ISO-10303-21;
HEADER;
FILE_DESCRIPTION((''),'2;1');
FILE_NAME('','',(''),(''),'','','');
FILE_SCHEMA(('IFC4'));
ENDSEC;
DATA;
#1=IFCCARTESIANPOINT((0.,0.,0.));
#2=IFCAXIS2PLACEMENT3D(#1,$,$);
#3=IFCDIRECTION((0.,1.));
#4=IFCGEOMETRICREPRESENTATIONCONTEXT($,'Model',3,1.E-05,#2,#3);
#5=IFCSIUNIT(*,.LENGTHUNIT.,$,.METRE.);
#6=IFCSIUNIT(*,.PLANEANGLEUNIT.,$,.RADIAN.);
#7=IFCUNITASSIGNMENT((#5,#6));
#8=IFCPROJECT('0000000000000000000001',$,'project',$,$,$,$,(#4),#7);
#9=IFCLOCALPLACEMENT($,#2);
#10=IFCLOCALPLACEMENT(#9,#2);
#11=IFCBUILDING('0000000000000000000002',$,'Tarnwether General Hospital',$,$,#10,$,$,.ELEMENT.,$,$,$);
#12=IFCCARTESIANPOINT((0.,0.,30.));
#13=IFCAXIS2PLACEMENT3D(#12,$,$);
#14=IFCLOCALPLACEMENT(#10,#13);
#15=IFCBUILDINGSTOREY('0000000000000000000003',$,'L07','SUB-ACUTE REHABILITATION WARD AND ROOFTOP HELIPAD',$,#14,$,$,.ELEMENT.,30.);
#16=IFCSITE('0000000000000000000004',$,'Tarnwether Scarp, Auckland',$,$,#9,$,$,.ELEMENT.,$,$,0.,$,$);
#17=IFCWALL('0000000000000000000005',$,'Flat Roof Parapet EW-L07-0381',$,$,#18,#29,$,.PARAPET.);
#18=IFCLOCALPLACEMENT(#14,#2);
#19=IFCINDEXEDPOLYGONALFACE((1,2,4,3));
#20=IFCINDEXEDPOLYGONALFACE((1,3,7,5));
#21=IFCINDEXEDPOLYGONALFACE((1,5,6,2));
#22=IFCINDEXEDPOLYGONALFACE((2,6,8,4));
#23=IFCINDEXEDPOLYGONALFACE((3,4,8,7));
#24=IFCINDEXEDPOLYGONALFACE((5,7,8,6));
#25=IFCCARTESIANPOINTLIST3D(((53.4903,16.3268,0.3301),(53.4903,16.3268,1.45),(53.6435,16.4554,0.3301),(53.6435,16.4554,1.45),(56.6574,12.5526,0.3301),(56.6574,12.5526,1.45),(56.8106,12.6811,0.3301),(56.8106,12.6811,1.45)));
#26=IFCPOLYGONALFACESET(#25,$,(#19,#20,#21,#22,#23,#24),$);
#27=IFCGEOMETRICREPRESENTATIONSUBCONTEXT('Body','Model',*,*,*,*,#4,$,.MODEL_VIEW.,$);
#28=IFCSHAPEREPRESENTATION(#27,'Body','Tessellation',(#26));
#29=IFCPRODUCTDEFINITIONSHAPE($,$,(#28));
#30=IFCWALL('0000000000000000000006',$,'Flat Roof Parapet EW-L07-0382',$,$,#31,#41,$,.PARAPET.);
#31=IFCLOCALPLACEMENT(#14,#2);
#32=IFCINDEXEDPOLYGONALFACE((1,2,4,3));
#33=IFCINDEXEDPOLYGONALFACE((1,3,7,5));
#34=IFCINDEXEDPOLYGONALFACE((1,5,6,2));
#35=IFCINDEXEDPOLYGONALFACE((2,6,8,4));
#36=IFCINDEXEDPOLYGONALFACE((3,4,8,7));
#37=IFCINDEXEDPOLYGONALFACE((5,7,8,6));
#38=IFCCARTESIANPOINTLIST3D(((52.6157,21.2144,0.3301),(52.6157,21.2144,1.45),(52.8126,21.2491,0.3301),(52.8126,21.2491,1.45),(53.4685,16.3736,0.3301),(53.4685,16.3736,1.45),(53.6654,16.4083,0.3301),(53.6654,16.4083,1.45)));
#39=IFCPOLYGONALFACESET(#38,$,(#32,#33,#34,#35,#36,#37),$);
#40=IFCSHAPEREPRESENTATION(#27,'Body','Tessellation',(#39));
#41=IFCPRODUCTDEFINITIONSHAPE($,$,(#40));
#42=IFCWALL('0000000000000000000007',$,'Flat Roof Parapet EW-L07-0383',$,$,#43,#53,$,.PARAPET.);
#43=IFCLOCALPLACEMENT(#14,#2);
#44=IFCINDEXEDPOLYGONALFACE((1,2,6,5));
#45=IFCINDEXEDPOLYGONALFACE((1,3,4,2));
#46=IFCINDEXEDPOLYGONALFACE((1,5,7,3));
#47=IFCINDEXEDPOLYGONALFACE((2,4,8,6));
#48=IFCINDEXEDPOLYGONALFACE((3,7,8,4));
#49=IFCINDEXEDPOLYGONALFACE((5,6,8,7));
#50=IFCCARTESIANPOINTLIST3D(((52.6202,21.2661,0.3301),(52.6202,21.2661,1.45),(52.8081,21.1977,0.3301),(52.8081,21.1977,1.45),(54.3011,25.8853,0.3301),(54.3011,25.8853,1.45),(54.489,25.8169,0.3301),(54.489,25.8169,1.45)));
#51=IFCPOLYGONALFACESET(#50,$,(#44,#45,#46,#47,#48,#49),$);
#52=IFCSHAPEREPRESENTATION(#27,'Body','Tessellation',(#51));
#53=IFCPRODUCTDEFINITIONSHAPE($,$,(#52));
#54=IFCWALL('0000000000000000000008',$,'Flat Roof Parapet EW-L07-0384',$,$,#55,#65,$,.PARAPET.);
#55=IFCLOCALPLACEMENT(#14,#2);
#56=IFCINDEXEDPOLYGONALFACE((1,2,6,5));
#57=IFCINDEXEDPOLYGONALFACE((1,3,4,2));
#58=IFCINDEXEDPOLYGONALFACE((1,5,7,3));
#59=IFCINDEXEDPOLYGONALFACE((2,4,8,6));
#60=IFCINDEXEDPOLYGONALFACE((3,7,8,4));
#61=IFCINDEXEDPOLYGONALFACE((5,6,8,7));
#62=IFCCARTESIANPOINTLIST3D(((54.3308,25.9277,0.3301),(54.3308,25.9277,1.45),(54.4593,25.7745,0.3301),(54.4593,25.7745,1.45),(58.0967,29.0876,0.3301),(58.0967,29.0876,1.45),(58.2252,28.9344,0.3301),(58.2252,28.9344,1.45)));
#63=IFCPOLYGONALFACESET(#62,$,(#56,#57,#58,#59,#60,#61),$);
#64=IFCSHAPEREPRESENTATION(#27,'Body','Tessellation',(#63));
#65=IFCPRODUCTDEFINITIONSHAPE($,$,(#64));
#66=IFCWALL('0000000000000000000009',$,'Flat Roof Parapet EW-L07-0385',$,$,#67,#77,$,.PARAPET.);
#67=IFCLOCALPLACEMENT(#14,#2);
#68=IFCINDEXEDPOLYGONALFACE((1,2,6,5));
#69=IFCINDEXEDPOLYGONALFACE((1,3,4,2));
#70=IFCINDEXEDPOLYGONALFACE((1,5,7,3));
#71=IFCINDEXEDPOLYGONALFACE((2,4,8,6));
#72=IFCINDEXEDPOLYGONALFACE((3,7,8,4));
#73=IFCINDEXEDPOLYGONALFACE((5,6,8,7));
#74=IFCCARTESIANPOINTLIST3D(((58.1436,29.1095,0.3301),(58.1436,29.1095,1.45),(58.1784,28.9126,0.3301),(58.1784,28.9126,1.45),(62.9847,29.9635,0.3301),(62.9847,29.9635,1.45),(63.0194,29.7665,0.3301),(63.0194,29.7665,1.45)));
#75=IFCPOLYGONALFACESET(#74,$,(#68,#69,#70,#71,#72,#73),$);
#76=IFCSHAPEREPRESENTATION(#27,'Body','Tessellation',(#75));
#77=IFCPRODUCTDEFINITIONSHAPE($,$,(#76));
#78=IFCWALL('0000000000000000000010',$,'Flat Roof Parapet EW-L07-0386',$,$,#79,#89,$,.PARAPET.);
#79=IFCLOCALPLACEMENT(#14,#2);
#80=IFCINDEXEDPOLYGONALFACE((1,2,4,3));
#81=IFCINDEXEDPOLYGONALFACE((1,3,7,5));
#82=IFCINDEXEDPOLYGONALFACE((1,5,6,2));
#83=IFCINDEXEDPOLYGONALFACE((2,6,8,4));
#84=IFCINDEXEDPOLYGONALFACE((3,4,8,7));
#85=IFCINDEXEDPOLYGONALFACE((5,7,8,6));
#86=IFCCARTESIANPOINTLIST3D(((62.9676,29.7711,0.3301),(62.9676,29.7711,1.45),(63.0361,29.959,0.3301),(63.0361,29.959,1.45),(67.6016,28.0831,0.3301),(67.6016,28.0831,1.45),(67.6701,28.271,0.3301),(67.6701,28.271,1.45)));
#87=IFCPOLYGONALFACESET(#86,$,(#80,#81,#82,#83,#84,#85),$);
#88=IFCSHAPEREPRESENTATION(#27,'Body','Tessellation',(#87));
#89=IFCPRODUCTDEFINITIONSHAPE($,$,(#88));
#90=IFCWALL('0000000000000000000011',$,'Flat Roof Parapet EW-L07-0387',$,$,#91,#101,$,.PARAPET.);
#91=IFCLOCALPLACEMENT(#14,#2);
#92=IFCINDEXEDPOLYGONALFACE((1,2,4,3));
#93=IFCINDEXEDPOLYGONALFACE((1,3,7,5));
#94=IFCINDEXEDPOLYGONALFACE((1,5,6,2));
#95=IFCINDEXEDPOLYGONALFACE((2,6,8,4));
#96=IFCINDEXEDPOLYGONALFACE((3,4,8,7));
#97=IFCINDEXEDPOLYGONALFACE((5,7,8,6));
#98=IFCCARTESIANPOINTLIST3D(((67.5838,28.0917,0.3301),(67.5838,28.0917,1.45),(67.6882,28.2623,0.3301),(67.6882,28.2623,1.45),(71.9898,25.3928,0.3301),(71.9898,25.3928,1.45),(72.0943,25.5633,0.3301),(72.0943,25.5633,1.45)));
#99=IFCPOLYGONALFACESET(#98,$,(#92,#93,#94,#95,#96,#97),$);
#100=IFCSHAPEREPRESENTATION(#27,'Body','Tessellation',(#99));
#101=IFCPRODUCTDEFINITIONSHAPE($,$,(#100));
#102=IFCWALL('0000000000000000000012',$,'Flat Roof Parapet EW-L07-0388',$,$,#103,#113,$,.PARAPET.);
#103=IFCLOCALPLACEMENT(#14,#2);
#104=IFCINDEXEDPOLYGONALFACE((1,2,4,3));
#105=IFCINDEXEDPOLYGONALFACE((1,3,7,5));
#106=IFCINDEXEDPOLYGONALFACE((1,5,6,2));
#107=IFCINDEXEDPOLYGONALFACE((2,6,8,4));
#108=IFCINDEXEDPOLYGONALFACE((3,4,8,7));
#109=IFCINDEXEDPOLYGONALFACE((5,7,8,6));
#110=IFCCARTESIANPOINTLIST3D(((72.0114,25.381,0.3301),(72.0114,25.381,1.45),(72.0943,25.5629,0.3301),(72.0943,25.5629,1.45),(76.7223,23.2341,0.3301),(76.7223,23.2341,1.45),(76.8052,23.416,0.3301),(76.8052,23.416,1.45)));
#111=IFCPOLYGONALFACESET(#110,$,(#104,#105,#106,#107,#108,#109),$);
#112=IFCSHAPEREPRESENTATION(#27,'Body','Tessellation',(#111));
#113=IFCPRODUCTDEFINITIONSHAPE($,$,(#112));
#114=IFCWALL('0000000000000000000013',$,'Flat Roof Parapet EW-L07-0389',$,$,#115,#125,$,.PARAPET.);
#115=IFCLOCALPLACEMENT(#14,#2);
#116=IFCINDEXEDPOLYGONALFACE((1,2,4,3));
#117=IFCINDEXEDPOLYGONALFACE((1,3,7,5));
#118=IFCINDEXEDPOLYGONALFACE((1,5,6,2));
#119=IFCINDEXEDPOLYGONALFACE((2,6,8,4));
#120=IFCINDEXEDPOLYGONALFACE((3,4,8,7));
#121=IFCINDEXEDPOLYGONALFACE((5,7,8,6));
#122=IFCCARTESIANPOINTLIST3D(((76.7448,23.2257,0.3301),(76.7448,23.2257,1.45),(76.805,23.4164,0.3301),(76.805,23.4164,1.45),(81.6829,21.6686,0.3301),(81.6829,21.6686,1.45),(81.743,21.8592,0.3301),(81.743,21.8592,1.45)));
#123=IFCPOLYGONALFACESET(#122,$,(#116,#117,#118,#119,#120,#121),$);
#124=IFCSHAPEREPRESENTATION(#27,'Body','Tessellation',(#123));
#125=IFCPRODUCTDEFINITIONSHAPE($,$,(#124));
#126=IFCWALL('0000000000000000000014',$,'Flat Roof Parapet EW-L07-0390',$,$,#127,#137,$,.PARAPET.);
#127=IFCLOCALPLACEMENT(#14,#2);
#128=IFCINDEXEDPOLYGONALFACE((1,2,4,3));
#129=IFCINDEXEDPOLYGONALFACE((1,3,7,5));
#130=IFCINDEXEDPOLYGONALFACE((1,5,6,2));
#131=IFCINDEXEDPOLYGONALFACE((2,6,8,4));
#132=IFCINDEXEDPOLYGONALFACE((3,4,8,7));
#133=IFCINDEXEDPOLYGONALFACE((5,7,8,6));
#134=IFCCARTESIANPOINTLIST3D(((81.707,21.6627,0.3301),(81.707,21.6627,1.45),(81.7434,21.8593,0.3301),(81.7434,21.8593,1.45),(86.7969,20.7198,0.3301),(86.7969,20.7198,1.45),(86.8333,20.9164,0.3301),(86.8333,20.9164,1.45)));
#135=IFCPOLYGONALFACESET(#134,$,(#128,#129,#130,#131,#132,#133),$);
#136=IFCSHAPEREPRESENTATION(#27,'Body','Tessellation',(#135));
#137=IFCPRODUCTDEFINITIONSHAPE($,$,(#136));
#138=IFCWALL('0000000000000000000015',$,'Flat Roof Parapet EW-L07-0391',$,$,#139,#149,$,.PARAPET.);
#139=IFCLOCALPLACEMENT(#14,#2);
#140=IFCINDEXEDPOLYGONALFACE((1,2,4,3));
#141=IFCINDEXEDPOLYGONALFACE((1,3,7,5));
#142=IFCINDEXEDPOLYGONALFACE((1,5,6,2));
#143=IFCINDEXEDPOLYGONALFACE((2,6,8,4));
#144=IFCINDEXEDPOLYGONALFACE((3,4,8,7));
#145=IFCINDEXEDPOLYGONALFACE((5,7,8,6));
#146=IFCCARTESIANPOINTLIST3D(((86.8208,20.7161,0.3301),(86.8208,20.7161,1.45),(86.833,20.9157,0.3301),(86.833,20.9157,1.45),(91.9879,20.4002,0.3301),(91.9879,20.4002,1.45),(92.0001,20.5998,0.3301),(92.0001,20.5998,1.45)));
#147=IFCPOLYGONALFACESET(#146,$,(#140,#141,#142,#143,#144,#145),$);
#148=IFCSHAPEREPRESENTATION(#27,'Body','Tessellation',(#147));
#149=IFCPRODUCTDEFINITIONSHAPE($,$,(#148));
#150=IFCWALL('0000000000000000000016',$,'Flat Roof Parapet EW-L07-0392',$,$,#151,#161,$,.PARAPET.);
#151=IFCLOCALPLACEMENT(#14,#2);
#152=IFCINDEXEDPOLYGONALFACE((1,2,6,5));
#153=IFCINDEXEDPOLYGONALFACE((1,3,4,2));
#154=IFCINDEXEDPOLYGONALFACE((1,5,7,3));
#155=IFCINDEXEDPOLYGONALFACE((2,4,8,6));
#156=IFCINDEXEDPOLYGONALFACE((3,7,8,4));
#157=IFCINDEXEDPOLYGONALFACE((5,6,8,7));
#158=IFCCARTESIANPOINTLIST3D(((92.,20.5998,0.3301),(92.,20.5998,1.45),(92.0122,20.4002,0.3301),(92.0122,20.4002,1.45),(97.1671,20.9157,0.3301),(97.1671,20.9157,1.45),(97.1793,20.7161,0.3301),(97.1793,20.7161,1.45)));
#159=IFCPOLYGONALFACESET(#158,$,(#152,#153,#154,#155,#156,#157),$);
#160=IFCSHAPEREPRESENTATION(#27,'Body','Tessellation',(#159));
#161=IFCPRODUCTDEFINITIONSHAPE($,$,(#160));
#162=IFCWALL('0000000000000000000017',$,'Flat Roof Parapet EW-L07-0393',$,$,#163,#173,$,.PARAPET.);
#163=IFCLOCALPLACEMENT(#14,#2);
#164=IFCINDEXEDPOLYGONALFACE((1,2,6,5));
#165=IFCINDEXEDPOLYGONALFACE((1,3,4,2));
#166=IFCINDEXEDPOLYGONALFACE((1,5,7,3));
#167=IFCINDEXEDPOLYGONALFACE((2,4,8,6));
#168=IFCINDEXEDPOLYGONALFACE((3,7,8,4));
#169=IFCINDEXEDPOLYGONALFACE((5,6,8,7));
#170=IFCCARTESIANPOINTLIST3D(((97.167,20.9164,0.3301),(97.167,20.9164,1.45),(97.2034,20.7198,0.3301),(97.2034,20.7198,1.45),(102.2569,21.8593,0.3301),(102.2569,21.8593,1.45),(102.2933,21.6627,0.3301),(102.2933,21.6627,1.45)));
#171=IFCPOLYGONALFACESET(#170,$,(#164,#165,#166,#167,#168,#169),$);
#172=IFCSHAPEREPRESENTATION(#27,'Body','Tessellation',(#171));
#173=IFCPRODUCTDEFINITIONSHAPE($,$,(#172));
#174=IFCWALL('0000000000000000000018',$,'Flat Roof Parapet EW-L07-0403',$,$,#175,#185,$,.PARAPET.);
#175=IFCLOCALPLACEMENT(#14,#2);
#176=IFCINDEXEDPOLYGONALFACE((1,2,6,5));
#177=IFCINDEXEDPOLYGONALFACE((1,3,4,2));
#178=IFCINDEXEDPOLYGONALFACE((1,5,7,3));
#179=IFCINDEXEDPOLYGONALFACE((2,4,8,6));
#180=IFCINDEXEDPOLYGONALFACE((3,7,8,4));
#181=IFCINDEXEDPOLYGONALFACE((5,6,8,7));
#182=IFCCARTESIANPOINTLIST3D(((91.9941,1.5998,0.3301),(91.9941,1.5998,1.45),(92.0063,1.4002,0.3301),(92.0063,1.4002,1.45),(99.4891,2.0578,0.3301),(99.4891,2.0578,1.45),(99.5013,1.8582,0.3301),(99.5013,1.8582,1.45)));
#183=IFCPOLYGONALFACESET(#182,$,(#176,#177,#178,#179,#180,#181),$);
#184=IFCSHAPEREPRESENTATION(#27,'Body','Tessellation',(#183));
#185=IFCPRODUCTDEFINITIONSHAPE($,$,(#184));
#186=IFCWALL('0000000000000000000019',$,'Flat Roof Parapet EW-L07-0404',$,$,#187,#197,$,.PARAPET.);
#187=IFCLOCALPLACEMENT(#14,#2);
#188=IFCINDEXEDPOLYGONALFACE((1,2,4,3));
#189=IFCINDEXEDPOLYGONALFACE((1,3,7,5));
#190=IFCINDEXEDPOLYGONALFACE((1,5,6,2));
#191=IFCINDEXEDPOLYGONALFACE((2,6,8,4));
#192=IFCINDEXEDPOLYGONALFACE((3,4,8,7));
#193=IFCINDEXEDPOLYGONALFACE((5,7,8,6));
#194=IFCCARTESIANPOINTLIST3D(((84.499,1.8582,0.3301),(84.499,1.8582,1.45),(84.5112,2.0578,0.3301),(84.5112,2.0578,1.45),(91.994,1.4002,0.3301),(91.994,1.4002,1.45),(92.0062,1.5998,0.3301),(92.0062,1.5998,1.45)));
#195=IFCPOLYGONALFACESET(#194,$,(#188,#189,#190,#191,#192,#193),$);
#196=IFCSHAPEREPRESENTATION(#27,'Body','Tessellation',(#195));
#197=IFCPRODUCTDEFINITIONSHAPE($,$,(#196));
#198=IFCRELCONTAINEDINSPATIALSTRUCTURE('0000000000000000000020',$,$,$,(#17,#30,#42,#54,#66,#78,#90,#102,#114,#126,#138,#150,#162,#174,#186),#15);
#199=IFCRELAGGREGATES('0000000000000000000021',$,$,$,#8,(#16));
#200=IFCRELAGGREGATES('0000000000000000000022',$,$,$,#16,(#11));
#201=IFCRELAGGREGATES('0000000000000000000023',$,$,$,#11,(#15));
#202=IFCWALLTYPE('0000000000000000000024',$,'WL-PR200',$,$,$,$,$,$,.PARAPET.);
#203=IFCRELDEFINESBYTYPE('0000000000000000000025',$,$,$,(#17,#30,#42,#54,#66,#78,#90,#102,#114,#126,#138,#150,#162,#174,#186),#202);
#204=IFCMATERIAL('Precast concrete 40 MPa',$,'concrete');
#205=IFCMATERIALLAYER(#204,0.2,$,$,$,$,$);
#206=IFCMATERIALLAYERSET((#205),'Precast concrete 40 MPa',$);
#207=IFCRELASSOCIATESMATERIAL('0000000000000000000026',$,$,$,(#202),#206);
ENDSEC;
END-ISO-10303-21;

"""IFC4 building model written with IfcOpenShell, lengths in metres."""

from ifc_helpers import new_model, si_unit, direction, frame, frame_2d, origin, place, context, subcontext, project, spatial, rectangle, extrude, material, layer, layer_set, type_object, element, save


model = new_model("IFC4")

# Units and contexts
model_context = context("Model", 3, precision=1e-05, world=origin(), true_north=direction((0.0, 1.0)))
body_context = subcontext(model_context, "Body", "Model", "MODEL_VIEW")
ifc_project = project(units=[si_unit("LENGTHUNIT", "METRE"), si_unit("PLANEANGLEUNIT", "RADIAN")], contexts=[model_context])

# Site, building, storey
site_placement = place(None, origin())
site = spatial("IfcSite", under=ifc_project, at=site_placement, Name="Tarnwether Scarp, Auckland", CompositionType="ELEMENT", RefElevation=0.0)
building_placement = place(site_placement, origin())
building = spatial("IfcBuilding", under=site, at=building_placement, Name="Tarnwether General Hospital", CompositionType="ELEMENT")
storey_placement = place(building_placement, frame((0.0, 0.0, 30.0)))
storey = spatial("IfcBuildingStorey", under=building, at=storey_placement, Name="L07", Description="SUB-ACUTE REHABILITATION WARD AND ROOFTOP HELIPAD", CompositionType="ELEMENT", Elevation=30.0)

# Walls
ifc_material_1 = material(Name="Precast concrete 40 MPa", Category="concrete")
ifc_layer_1 = layer(ifc_material_1, 0.2)
ifc_layer_set_1 = layer_set([ifc_layer_1], Name="Precast concrete 40 MPa")
wall_type = type_object("IfcWallType", Name="WL-PR200", PredefinedType="PARAPET", material=ifc_layer_set_1)
wall_1_placement = place(storey_placement, frame((56.7339, 12.6169, 0.3301), z_axis=(0.0, 0.0, 1.0), x_axis=(-0.642798, 0.766036, 0.0)))
element("IfcWall", 1, at=wall_1_placement, inside=storey, type_object=wall_type, Name="Flat Roof Parapet EW-L07-0381", PredefinedType="PARAPET", context=body_context, shape_type="SweptSolid", body=[
    extrude(rectangle(XDim=4.927, YDim=0.2, at=frame_2d((2.4634, 0.0))), origin(), (0.0, 0.0, 1.0), 1.1199),
])
wall_2_placement = place(storey_placement, frame((53.5669, 16.3911, 0.3301), z_axis=(0.0, 0.0, 1.0), x_axis=(-0.173493, 0.984835, 0.0)))
element("IfcWall", 2, at=wall_2_placement, inside=storey, type_object=wall_type, Name="Flat Roof Parapet EW-L07-0382", PredefinedType="PARAPET", context=body_context, shape_type="SweptSolid", body=[
    extrude(rectangle(XDim=4.9153, YDim=0.2, at=frame_2d((2.4575, 0.0))), origin(), (0.0, 0.0, 1.0), 1.1199),
])
wall_3_placement = place(storey_placement, frame((52.7141, 21.2319, 0.3301), z_axis=(0.0, 0.0, 1.0), x_axis=(0.341962, 0.939714, 0.0)))
element("IfcWall", 3, at=wall_3_placement, inside=storey, type_object=wall_type, Name="Flat Roof Parapet EW-L07-0383", PredefinedType="PARAPET", context=body_context, shape_type="SweptSolid", body=[
    extrude(rectangle(XDim=4.9155, YDim=0.2, at=frame_2d((2.4578, 0.0))), origin(), (0.0, 0.0, 1.0), 1.1199),
])
wall_4_placement = place(storey_placement, frame((54.395, 25.8511, 0.3301), z_axis=(0.0, 0.0, 1.0), x_axis=(0.766047, 0.642784, 0.0)))
element("IfcWall", 4, at=wall_4_placement, inside=storey, type_object=wall_type, Name="Flat Roof Parapet EW-L07-0384", PredefinedType="PARAPET", context=body_context, shape_type="SweptSolid", body=[
    extrude(rectangle(XDim=4.916, YDim=0.2, at=frame_2d((2.458, 0.0))), origin(), (0.0, 0.0, 1.0), 1.1199),
])
wall_5_placement = place(storey_placement, frame((58.1609, 29.011, 0.3301), z_axis=(0.0, 0.0, 1.0), x_axis=(0.984794, 0.173726, 0.0)))
element("IfcWall", 5, at=wall_5_placement, inside=storey, type_object=wall_type, Name="Flat Roof Parapet EW-L07-0385", PredefinedType="PARAPET", context=body_context, shape_type="SweptSolid", body=[
    extrude(rectangle(XDim=4.9158, YDim=0.2, at=frame_2d((2.458, 0.0))), origin(), (0.0, 0.0, 1.0), 1.1199),
])
wall_6_placement = place(storey_placement, frame((63.002, 29.865, 0.3301), z_axis=(0.0, 0.0, 1.0), x_axis=(0.939605, -0.34226, 0.0)))
element("IfcWall", 6, at=wall_6_placement, inside=storey, type_object=wall_type, Name="Flat Roof Parapet EW-L07-0386", PredefinedType="PARAPET", context=body_context, shape_type="SweptSolid", body=[
    extrude(rectangle(XDim=4.9319, YDim=0.2, at=frame_2d((2.4658, 0.0))), origin(), (0.0, 0.0, 1.0), 1.1199),
])
wall_7_placement = place(storey_placement, frame((67.636, 28.177, 0.3301), z_axis=(0.0, 0.0, 1.0), x_axis=(0.852729, -0.522354, 0.0)))
element("IfcWall", 7, at=wall_7_placement, inside=storey, type_object=wall_type, Name="Flat Roof Parapet EW-L07-0387", PredefinedType="PARAPET", context=body_context, shape_type="SweptSolid", body=[
    extrude(rectangle(XDim=5.167, YDim=0.2, at=frame_2d((2.5835, 0.0))), origin(), (0.0, 0.0, 1.0), 1.1199),
])
wall_8_placement = place(storey_placement, frame((72.053, 25.4719, 0.3301), z_axis=(0.0, 0.0, 1.0), x_axis=(0.909956, -0.414705, 0.0)))
element("IfcWall", 8, at=wall_8_placement, inside=storey, type_object=wall_type, Name="Flat Roof Parapet EW-L07-0388", PredefinedType="PARAPET", context=body_context, shape_type="SweptSolid", body=[
    extrude(rectangle(XDim=5.177, YDim=0.2, at=frame_2d((2.5884, 0.0))), origin(), (0.0, 0.0, 1.0), 1.1199),
])
wall_9_placement = place(storey_placement, frame((76.7749, 23.321, 0.3301), z_axis=(0.0, 0.0, 1.0), x_axis=(0.953707, -0.300739, 0.0)))
element("IfcWall", 9, at=wall_9_placement, inside=storey, type_object=wall_type, Name="Flat Roof Parapet EW-L07-0389", PredefinedType="PARAPET", context=body_context, shape_type="SweptSolid", body=[
    extrude(rectangle(XDim=5.1777, YDim=0.2, at=frame_2d((2.5889, 0.0))), origin(), (0.0, 0.0, 1.0), 1.1199),
])
wall_10_placement = place(storey_placement, frame((81.7251, 21.761, 0.3301), z_axis=(0.0, 0.0, 1.0), x_axis=(0.983271, -0.182147, 0.0)))
element("IfcWall", 10, at=wall_10_placement, inside=storey, type_object=wall_type, Name="Flat Roof Parapet EW-L07-0390", PredefinedType="PARAPET", context=body_context, shape_type="SweptSolid", body=[
    extrude(rectangle(XDim=5.1765, YDim=0.2, at=frame_2d((2.5884, 0.0))), origin(), (0.0, 0.0, 1.0), 1.1199),
])
for number, where, z_axis, x_axis, name in (
    (11, (86.8269, 20.8159, 0.3301), (0.0, 0.0, 1.0), (0.998136, -0.061028, 0.0), "Flat Roof Parapet EW-L07-0391"),
    (12, (92.0061, 20.5, 0.3301), (0.0, 0.0, 1.0), (0.998136, 0.061028, 0.0), "Flat Roof Parapet EW-L07-0392"),
):
    element("IfcWall", number, at=place(storey_placement, frame(where, z_axis=z_axis, x_axis=x_axis)), inside=storey, type_object=wall_type, Name=name, PredefinedType="PARAPET", context=body_context, shape_type="SweptSolid", body=[
        extrude(rectangle(XDim=5.1768, YDim=0.2, at=frame_2d((2.5884, 0.0))), origin(), (0.0, 0.0, 1.0), 1.1199),
    ])
wall_11_placement = place(storey_placement, frame((97.1851, 20.8181, 0.3301), z_axis=(0.0, 0.0, 1.0), x_axis=(0.983271, 0.182147, 0.0)))
element("IfcWall", 13, at=wall_11_placement, inside=storey, type_object=wall_type, Name="Flat Roof Parapet EW-L07-0393", PredefinedType="PARAPET", context=body_context, shape_type="SweptSolid", body=[
    extrude(rectangle(XDim=5.1765, YDim=0.2, at=frame_2d((2.5884, 0.0))), origin(), (0.0, 0.0, 1.0), 1.1199),
])
for number, where, z_axis, x_axis, name in (
    (14, (99.4951, 1.958, 0.3301), (0.0, 0.0, 1.0), (-0.998138, -0.060994, 0.0), "Flat Roof Parapet EW-L07-0403"),
    (15, (92.0, 1.5, 0.3301), (0.0, 0.0, 1.0), (-0.998138, 0.060994, 0.0), "Flat Roof Parapet EW-L07-0404"),
):
    element("IfcWall", number, at=place(storey_placement, frame(where, z_axis=z_axis, x_axis=x_axis)), inside=storey, type_object=wall_type, Name=name, PredefinedType="PARAPET", context=body_context, shape_type="SweptSolid", body=[
        extrude(rectangle(XDim=7.509, YDim=0.2, at=frame_2d((3.7544, 0.0))), origin(), (0.0, 0.0, 1.0), 1.1199),
    ])

save(model, "model.ifc")
